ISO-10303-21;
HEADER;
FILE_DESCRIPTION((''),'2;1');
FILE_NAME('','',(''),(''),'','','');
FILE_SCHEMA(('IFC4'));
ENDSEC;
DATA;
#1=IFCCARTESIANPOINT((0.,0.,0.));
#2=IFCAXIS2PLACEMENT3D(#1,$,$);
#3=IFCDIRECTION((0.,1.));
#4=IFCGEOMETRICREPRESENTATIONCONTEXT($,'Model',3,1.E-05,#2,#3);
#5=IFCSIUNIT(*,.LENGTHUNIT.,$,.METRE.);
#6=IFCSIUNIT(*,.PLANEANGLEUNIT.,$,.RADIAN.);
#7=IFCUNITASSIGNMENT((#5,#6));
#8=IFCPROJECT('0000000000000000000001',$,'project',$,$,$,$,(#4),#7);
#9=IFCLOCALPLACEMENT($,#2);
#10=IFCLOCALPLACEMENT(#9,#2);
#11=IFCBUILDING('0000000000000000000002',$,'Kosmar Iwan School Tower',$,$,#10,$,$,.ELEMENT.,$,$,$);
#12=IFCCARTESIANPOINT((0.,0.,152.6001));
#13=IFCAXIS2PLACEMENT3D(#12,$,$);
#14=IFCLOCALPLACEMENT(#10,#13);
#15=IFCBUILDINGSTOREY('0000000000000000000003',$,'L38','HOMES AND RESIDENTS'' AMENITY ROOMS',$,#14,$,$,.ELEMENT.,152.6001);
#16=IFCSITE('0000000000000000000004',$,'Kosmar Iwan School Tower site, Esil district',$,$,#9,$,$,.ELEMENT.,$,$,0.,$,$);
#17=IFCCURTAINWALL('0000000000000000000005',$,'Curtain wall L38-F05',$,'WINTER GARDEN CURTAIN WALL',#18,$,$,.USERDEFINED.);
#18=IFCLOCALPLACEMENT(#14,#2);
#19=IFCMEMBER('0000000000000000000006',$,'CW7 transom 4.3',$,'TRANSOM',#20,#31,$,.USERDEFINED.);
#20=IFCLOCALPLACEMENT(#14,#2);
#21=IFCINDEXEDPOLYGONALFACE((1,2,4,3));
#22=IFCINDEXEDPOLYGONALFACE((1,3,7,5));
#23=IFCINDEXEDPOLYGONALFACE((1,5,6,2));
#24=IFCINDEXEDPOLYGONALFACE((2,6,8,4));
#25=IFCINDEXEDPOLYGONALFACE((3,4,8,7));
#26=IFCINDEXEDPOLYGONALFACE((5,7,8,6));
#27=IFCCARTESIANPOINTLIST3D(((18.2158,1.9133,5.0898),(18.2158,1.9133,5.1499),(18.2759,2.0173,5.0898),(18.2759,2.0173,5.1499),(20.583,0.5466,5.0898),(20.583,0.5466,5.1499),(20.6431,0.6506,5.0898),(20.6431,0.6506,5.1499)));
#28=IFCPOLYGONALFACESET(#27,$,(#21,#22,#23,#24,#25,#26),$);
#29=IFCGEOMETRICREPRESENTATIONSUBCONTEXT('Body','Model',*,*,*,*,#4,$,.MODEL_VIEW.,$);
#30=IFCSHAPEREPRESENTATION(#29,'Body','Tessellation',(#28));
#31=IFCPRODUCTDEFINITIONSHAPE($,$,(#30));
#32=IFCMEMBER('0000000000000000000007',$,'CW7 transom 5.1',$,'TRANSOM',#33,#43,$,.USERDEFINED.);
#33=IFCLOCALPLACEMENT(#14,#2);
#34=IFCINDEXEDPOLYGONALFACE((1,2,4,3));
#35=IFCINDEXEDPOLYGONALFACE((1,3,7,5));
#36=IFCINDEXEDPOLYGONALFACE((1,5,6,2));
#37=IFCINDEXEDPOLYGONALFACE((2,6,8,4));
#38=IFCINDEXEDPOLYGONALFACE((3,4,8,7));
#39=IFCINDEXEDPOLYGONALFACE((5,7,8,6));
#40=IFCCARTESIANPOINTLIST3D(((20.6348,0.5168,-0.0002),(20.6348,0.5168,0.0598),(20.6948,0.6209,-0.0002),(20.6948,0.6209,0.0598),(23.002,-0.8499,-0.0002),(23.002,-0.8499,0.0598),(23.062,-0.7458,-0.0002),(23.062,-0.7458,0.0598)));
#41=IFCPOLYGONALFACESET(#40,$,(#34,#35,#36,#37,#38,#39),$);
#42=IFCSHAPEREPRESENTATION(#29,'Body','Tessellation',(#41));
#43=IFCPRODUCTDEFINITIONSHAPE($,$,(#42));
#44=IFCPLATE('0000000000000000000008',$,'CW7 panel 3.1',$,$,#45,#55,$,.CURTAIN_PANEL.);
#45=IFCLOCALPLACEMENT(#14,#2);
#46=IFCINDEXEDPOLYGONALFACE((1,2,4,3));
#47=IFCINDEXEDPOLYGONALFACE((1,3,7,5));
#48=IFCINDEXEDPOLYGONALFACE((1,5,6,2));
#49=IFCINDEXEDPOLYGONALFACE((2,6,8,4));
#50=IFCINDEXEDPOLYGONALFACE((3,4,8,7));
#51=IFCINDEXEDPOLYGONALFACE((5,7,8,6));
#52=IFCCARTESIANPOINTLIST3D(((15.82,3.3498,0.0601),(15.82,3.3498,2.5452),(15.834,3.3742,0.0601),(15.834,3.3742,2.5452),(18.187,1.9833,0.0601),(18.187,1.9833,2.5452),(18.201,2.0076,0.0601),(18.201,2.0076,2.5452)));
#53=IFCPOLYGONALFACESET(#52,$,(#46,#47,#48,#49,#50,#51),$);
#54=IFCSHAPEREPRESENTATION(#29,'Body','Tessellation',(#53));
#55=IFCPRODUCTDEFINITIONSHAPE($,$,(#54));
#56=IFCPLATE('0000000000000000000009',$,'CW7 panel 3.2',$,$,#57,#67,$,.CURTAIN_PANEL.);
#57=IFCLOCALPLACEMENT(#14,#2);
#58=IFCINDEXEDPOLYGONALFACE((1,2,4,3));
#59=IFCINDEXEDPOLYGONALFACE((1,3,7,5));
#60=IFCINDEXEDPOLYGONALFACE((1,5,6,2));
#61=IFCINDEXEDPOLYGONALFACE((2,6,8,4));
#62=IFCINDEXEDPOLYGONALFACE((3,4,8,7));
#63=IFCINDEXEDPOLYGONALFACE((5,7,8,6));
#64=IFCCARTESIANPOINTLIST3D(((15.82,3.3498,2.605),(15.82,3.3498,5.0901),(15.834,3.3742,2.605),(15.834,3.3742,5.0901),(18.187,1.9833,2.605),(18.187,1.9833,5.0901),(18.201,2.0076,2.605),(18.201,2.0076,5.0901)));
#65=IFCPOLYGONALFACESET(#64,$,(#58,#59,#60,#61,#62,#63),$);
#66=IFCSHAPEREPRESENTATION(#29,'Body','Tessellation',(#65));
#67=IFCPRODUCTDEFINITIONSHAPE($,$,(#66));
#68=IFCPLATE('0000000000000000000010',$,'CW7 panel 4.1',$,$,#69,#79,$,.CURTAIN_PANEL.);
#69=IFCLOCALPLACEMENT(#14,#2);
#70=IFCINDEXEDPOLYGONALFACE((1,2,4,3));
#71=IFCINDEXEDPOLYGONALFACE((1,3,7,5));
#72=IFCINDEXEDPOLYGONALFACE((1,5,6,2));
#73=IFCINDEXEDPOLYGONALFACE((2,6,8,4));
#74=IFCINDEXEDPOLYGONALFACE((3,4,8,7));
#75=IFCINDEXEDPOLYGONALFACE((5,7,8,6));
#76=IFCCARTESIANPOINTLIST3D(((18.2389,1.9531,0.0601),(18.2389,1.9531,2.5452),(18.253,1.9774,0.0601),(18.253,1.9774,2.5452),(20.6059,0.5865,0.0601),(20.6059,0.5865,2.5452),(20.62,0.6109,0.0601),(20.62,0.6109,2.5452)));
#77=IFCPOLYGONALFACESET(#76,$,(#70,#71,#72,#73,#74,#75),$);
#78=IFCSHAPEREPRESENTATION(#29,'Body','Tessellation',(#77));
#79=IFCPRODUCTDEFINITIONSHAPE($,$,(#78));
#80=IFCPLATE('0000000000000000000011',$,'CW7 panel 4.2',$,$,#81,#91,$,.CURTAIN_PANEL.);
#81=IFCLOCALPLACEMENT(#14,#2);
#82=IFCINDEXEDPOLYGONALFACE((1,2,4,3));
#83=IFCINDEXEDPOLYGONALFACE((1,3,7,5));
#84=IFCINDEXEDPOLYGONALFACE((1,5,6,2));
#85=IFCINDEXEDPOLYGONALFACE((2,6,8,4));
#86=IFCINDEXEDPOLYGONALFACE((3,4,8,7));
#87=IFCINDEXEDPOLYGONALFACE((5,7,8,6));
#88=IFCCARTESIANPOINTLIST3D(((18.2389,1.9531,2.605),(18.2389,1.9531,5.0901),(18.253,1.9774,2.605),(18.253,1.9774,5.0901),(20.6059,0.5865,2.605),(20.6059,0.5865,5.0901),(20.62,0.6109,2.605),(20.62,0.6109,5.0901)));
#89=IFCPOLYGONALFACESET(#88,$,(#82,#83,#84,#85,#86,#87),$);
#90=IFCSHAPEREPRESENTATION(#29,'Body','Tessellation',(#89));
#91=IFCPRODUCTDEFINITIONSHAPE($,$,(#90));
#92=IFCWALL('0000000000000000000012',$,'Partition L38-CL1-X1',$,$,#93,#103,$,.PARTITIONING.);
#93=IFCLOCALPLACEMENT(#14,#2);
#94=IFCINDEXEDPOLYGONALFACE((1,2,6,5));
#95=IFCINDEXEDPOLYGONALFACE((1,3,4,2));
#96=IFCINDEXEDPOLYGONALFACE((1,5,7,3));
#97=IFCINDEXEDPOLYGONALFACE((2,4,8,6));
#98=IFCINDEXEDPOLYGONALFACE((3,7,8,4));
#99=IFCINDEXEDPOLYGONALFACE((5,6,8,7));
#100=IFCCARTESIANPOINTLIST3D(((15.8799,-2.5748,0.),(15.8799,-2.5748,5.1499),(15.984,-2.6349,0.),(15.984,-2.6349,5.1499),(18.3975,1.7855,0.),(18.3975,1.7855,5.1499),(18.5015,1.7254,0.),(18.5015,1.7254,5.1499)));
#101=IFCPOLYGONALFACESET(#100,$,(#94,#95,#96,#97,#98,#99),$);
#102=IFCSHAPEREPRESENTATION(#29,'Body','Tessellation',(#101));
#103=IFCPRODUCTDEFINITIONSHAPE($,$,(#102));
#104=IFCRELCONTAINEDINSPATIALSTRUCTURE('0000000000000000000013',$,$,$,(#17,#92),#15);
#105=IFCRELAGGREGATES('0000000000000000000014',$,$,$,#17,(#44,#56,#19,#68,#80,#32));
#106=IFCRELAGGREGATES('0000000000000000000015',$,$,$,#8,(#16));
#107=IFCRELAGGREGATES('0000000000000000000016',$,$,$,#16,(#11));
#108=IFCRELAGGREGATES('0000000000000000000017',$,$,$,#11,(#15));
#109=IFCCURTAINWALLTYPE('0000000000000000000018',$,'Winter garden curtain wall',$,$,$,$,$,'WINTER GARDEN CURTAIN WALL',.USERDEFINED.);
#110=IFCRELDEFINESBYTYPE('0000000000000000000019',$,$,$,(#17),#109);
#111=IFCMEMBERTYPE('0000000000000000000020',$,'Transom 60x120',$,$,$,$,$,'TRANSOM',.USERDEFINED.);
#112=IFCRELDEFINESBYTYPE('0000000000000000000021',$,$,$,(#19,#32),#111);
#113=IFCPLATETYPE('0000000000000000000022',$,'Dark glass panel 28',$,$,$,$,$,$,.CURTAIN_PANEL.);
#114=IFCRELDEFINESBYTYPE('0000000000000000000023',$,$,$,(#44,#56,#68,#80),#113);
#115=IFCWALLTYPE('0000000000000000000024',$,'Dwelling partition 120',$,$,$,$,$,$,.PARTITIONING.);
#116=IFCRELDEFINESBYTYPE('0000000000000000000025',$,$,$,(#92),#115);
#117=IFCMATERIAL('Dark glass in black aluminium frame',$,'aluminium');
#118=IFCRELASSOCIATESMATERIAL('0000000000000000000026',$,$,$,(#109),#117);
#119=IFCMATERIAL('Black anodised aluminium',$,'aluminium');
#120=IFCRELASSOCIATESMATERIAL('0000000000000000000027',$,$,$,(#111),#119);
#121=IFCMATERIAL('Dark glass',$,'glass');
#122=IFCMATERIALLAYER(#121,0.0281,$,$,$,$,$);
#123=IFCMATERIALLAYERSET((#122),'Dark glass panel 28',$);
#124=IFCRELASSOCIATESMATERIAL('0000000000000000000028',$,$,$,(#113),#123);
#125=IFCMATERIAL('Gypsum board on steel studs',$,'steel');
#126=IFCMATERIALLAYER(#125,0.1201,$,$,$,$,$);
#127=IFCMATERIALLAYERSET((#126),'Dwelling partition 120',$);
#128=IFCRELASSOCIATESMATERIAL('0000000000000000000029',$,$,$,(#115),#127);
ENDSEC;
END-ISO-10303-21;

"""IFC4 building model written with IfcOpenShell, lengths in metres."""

from ifc_helpers import new_model, si_unit, direction, frame, frame_2d, origin, origin_2d, place, context, subcontext, project, spatial, rectangle, extrude, material, layer, layer_set, material_profile, profile_set, type_object, element, aggregate, save


model = new_model("IFC4")

# Units and contexts
model_context = context("Model", 3, precision=1e-05, world=origin(), true_north=direction((0.0, 1.0)))
body_context = subcontext(model_context, "Body", "Model", "MODEL_VIEW")
ifc_project = project(units=[si_unit("LENGTHUNIT", "METRE"), si_unit("PLANEANGLEUNIT", "RADIAN")], contexts=[model_context])

# Site, building, storey
site_placement = place(None, origin())
site = spatial("IfcSite", under=ifc_project, at=site_placement, Name="Kosmar Iwan School Tower site, Esil district", CompositionType="ELEMENT", RefElevation=0.0)
building_placement = place(site_placement, origin())
building = spatial("IfcBuilding", under=site, at=building_placement, Name="Kosmar Iwan School Tower", CompositionType="ELEMENT")
storey_placement = place(building_placement, frame((0.0, 0.0, 152.6001)))
storey = spatial("IfcBuildingStorey", under=building, at=storey_placement, Name="L38", Description="HOMES AND RESIDENTS' AMENITY ROOMS", CompositionType="ELEMENT", Elevation=152.6001)

# Curtain wall
ifc_material_1 = material(Name="Dark glass in black aluminium frame", Category="aluminium")
curtain_wall_type = type_object("IfcCurtainWallType", Name="Winter garden curtain wall", ElementType="WINTER GARDEN CURTAIN WALL", PredefinedType="USERDEFINED", material=ifc_material_1)
curtain_wall_placement = place(storey_placement, origin())
curtain_wall = element("IfcCurtainWall", 1, at=curtain_wall_placement, inside=storey, type_object=curtain_wall_type, Name="Curtain wall L38-F05", ObjectType="WINTER GARDEN CURTAIN WALL", PredefinedType="USERDEFINED")

# Members
ifc_material_2 = material(Name="Black anodised aluminium", Category="aluminium")
ifc_material_profile_1 = material_profile(ifc_material_2, rectangle(XDim=0.1201, YDim=0.0601, at=origin_2d()), Name="TRANSOM 60x120")
ifc_profile_set_1 = profile_set([ifc_material_profile_1], Name="Black anodised aluminium")
member_type_1 = type_object("IfcMemberType", Name="Transom 60x120", ElementType="TRANSOM", PredefinedType="USERDEFINED", material=ifc_profile_set_1)
member_1_placement = place(storey_placement, frame((18.2458, 1.9653, 5.1199), z_axis=(0.866025, -0.500001, 0.0), x_axis=(0.500001, 0.866025, 0.0)))
member_1 = element("IfcMember", 2, at=member_1_placement, type_object=member_type_1, Name="CW7 transom 4.3", ObjectType="TRANSOM", PredefinedType="USERDEFINED", context=body_context, shape_type="SweptSolid", body=[
    extrude(rectangle(XDim=0.1201, YDim=0.0601, at=origin_2d()), origin(), (0.0, 0.0, 1.0), 2.7334),
])
member_2_placement = place(storey_placement, frame((20.6648, 0.5688, 0.0298), z_axis=(0.866025, -0.500001, 0.0), x_axis=(0.500001, 0.866025, 0.0)))
member_2 = element("IfcMember", 3, at=member_2_placement, type_object=member_type_1, Name="CW7 transom 5.1", ObjectType="TRANSOM", PredefinedType="USERDEFINED", context=body_context, shape_type="SweptSolid", body=[
    extrude(rectangle(XDim=0.1201, YDim=0.0601, at=origin_2d()), origin(), (0.0, 0.0, 1.0), 2.7334),
])

# Plates
ifc_material_3 = material(Name="Dark glass", Category="glass")
ifc_layer_1 = layer(ifc_material_3, 0.0281)
ifc_layer_set_1 = layer_set([ifc_layer_1], Name="Dark glass panel 28")
plate_type = type_object("IfcPlateType", Name="Dark glass panel 28", PredefinedType="CURTAIN_PANEL", material=ifc_layer_set_1)
plate_1_placement = place(storey_placement, frame((17.0105, 2.6787, 0.0601), z_axis=(0.0, 0.0, 1.0), x_axis=(0.866025, -0.5, 0.0)))
plate_1 = element("IfcPlate", 4, at=plate_1_placement, type_object=plate_type, Name="CW7 panel 3.1", PredefinedType="CURTAIN_PANEL", context=body_context, shape_type="SweptSolid", body=[
    extrude(rectangle(XDim=2.7332, YDim=0.0281, at=origin_2d()), origin(), (0.0, 0.0, 1.0), 2.4851),
])
plate_2_placement = place(storey_placement, frame((17.0105, 2.6787, 2.605), z_axis=(0.0, 0.0, 1.0), x_axis=(0.866025, -0.5, 0.0)))
plate_2 = element("IfcPlate", 5, at=plate_2_placement, type_object=plate_type, Name="CW7 panel 3.2", PredefinedType="CURTAIN_PANEL", context=body_context, shape_type="SweptSolid", body=[
    extrude(rectangle(XDim=2.7332, YDim=0.0281, at=origin_2d()), origin(), (0.0, 0.0, 1.0), 2.4851),
])
plate_3_placement = place(storey_placement, frame((19.4294, 1.282, 0.0601), z_axis=(0.0, 0.0, 1.0), x_axis=(0.866025, -0.5, 0.0)))
plate_3 = element("IfcPlate", 6, at=plate_3_placement, type_object=plate_type, Name="CW7 panel 4.1", PredefinedType="CURTAIN_PANEL", context=body_context, shape_type="SweptSolid", body=[
    extrude(rectangle(XDim=2.7332, YDim=0.0281, at=origin_2d()), origin(), (0.0, 0.0, 1.0), 2.4851),
])
plate_4_placement = place(storey_placement, frame((19.4294, 1.282, 2.605), z_axis=(0.0, 0.0, 1.0), x_axis=(0.866025, -0.5, 0.0)))
plate_4 = element("IfcPlate", 7, at=plate_4_placement, type_object=plate_type, Name="CW7 panel 4.2", PredefinedType="CURTAIN_PANEL", context=body_context, shape_type="SweptSolid", body=[
    extrude(rectangle(XDim=2.7332, YDim=0.0281, at=origin_2d()), origin(), (0.0, 0.0, 1.0), 2.4851),
])
aggregate(curtain_wall, [plate_1, plate_2, member_1, plate_3, plate_4, member_2])

# Wall
ifc_material_4 = material(Name="Gypsum board on steel studs", Category="steel")
ifc_layer_2 = layer(ifc_material_4, 0.1201)
ifc_layer_set_2 = layer_set([ifc_layer_2], Name="Dwelling partition 120")
wall_type = type_object("IfcWallType", Name="Dwelling partition 120", PredefinedType="PARTITIONING", material=ifc_layer_set_2)
wall_placement = place(storey_placement, frame((15.9319, -2.605, 0.0), z_axis=(0.0, 0.0, 1.0), x_axis=(0.500019, 0.866014, 0.0)))
element("IfcWall", 8, at=wall_placement, inside=storey, type_object=wall_type, Name="Partition L38-CL1-X1", PredefinedType="PARTITIONING", context=body_context, shape_type="SweptSolid", body=[
    extrude(rectangle(XDim=5.0349, YDim=0.1201, at=frame_2d((2.5176, 0.0))), origin(), (0.0, 0.0, 1.0), 5.1499),
])

save(model, "model.ifc")
